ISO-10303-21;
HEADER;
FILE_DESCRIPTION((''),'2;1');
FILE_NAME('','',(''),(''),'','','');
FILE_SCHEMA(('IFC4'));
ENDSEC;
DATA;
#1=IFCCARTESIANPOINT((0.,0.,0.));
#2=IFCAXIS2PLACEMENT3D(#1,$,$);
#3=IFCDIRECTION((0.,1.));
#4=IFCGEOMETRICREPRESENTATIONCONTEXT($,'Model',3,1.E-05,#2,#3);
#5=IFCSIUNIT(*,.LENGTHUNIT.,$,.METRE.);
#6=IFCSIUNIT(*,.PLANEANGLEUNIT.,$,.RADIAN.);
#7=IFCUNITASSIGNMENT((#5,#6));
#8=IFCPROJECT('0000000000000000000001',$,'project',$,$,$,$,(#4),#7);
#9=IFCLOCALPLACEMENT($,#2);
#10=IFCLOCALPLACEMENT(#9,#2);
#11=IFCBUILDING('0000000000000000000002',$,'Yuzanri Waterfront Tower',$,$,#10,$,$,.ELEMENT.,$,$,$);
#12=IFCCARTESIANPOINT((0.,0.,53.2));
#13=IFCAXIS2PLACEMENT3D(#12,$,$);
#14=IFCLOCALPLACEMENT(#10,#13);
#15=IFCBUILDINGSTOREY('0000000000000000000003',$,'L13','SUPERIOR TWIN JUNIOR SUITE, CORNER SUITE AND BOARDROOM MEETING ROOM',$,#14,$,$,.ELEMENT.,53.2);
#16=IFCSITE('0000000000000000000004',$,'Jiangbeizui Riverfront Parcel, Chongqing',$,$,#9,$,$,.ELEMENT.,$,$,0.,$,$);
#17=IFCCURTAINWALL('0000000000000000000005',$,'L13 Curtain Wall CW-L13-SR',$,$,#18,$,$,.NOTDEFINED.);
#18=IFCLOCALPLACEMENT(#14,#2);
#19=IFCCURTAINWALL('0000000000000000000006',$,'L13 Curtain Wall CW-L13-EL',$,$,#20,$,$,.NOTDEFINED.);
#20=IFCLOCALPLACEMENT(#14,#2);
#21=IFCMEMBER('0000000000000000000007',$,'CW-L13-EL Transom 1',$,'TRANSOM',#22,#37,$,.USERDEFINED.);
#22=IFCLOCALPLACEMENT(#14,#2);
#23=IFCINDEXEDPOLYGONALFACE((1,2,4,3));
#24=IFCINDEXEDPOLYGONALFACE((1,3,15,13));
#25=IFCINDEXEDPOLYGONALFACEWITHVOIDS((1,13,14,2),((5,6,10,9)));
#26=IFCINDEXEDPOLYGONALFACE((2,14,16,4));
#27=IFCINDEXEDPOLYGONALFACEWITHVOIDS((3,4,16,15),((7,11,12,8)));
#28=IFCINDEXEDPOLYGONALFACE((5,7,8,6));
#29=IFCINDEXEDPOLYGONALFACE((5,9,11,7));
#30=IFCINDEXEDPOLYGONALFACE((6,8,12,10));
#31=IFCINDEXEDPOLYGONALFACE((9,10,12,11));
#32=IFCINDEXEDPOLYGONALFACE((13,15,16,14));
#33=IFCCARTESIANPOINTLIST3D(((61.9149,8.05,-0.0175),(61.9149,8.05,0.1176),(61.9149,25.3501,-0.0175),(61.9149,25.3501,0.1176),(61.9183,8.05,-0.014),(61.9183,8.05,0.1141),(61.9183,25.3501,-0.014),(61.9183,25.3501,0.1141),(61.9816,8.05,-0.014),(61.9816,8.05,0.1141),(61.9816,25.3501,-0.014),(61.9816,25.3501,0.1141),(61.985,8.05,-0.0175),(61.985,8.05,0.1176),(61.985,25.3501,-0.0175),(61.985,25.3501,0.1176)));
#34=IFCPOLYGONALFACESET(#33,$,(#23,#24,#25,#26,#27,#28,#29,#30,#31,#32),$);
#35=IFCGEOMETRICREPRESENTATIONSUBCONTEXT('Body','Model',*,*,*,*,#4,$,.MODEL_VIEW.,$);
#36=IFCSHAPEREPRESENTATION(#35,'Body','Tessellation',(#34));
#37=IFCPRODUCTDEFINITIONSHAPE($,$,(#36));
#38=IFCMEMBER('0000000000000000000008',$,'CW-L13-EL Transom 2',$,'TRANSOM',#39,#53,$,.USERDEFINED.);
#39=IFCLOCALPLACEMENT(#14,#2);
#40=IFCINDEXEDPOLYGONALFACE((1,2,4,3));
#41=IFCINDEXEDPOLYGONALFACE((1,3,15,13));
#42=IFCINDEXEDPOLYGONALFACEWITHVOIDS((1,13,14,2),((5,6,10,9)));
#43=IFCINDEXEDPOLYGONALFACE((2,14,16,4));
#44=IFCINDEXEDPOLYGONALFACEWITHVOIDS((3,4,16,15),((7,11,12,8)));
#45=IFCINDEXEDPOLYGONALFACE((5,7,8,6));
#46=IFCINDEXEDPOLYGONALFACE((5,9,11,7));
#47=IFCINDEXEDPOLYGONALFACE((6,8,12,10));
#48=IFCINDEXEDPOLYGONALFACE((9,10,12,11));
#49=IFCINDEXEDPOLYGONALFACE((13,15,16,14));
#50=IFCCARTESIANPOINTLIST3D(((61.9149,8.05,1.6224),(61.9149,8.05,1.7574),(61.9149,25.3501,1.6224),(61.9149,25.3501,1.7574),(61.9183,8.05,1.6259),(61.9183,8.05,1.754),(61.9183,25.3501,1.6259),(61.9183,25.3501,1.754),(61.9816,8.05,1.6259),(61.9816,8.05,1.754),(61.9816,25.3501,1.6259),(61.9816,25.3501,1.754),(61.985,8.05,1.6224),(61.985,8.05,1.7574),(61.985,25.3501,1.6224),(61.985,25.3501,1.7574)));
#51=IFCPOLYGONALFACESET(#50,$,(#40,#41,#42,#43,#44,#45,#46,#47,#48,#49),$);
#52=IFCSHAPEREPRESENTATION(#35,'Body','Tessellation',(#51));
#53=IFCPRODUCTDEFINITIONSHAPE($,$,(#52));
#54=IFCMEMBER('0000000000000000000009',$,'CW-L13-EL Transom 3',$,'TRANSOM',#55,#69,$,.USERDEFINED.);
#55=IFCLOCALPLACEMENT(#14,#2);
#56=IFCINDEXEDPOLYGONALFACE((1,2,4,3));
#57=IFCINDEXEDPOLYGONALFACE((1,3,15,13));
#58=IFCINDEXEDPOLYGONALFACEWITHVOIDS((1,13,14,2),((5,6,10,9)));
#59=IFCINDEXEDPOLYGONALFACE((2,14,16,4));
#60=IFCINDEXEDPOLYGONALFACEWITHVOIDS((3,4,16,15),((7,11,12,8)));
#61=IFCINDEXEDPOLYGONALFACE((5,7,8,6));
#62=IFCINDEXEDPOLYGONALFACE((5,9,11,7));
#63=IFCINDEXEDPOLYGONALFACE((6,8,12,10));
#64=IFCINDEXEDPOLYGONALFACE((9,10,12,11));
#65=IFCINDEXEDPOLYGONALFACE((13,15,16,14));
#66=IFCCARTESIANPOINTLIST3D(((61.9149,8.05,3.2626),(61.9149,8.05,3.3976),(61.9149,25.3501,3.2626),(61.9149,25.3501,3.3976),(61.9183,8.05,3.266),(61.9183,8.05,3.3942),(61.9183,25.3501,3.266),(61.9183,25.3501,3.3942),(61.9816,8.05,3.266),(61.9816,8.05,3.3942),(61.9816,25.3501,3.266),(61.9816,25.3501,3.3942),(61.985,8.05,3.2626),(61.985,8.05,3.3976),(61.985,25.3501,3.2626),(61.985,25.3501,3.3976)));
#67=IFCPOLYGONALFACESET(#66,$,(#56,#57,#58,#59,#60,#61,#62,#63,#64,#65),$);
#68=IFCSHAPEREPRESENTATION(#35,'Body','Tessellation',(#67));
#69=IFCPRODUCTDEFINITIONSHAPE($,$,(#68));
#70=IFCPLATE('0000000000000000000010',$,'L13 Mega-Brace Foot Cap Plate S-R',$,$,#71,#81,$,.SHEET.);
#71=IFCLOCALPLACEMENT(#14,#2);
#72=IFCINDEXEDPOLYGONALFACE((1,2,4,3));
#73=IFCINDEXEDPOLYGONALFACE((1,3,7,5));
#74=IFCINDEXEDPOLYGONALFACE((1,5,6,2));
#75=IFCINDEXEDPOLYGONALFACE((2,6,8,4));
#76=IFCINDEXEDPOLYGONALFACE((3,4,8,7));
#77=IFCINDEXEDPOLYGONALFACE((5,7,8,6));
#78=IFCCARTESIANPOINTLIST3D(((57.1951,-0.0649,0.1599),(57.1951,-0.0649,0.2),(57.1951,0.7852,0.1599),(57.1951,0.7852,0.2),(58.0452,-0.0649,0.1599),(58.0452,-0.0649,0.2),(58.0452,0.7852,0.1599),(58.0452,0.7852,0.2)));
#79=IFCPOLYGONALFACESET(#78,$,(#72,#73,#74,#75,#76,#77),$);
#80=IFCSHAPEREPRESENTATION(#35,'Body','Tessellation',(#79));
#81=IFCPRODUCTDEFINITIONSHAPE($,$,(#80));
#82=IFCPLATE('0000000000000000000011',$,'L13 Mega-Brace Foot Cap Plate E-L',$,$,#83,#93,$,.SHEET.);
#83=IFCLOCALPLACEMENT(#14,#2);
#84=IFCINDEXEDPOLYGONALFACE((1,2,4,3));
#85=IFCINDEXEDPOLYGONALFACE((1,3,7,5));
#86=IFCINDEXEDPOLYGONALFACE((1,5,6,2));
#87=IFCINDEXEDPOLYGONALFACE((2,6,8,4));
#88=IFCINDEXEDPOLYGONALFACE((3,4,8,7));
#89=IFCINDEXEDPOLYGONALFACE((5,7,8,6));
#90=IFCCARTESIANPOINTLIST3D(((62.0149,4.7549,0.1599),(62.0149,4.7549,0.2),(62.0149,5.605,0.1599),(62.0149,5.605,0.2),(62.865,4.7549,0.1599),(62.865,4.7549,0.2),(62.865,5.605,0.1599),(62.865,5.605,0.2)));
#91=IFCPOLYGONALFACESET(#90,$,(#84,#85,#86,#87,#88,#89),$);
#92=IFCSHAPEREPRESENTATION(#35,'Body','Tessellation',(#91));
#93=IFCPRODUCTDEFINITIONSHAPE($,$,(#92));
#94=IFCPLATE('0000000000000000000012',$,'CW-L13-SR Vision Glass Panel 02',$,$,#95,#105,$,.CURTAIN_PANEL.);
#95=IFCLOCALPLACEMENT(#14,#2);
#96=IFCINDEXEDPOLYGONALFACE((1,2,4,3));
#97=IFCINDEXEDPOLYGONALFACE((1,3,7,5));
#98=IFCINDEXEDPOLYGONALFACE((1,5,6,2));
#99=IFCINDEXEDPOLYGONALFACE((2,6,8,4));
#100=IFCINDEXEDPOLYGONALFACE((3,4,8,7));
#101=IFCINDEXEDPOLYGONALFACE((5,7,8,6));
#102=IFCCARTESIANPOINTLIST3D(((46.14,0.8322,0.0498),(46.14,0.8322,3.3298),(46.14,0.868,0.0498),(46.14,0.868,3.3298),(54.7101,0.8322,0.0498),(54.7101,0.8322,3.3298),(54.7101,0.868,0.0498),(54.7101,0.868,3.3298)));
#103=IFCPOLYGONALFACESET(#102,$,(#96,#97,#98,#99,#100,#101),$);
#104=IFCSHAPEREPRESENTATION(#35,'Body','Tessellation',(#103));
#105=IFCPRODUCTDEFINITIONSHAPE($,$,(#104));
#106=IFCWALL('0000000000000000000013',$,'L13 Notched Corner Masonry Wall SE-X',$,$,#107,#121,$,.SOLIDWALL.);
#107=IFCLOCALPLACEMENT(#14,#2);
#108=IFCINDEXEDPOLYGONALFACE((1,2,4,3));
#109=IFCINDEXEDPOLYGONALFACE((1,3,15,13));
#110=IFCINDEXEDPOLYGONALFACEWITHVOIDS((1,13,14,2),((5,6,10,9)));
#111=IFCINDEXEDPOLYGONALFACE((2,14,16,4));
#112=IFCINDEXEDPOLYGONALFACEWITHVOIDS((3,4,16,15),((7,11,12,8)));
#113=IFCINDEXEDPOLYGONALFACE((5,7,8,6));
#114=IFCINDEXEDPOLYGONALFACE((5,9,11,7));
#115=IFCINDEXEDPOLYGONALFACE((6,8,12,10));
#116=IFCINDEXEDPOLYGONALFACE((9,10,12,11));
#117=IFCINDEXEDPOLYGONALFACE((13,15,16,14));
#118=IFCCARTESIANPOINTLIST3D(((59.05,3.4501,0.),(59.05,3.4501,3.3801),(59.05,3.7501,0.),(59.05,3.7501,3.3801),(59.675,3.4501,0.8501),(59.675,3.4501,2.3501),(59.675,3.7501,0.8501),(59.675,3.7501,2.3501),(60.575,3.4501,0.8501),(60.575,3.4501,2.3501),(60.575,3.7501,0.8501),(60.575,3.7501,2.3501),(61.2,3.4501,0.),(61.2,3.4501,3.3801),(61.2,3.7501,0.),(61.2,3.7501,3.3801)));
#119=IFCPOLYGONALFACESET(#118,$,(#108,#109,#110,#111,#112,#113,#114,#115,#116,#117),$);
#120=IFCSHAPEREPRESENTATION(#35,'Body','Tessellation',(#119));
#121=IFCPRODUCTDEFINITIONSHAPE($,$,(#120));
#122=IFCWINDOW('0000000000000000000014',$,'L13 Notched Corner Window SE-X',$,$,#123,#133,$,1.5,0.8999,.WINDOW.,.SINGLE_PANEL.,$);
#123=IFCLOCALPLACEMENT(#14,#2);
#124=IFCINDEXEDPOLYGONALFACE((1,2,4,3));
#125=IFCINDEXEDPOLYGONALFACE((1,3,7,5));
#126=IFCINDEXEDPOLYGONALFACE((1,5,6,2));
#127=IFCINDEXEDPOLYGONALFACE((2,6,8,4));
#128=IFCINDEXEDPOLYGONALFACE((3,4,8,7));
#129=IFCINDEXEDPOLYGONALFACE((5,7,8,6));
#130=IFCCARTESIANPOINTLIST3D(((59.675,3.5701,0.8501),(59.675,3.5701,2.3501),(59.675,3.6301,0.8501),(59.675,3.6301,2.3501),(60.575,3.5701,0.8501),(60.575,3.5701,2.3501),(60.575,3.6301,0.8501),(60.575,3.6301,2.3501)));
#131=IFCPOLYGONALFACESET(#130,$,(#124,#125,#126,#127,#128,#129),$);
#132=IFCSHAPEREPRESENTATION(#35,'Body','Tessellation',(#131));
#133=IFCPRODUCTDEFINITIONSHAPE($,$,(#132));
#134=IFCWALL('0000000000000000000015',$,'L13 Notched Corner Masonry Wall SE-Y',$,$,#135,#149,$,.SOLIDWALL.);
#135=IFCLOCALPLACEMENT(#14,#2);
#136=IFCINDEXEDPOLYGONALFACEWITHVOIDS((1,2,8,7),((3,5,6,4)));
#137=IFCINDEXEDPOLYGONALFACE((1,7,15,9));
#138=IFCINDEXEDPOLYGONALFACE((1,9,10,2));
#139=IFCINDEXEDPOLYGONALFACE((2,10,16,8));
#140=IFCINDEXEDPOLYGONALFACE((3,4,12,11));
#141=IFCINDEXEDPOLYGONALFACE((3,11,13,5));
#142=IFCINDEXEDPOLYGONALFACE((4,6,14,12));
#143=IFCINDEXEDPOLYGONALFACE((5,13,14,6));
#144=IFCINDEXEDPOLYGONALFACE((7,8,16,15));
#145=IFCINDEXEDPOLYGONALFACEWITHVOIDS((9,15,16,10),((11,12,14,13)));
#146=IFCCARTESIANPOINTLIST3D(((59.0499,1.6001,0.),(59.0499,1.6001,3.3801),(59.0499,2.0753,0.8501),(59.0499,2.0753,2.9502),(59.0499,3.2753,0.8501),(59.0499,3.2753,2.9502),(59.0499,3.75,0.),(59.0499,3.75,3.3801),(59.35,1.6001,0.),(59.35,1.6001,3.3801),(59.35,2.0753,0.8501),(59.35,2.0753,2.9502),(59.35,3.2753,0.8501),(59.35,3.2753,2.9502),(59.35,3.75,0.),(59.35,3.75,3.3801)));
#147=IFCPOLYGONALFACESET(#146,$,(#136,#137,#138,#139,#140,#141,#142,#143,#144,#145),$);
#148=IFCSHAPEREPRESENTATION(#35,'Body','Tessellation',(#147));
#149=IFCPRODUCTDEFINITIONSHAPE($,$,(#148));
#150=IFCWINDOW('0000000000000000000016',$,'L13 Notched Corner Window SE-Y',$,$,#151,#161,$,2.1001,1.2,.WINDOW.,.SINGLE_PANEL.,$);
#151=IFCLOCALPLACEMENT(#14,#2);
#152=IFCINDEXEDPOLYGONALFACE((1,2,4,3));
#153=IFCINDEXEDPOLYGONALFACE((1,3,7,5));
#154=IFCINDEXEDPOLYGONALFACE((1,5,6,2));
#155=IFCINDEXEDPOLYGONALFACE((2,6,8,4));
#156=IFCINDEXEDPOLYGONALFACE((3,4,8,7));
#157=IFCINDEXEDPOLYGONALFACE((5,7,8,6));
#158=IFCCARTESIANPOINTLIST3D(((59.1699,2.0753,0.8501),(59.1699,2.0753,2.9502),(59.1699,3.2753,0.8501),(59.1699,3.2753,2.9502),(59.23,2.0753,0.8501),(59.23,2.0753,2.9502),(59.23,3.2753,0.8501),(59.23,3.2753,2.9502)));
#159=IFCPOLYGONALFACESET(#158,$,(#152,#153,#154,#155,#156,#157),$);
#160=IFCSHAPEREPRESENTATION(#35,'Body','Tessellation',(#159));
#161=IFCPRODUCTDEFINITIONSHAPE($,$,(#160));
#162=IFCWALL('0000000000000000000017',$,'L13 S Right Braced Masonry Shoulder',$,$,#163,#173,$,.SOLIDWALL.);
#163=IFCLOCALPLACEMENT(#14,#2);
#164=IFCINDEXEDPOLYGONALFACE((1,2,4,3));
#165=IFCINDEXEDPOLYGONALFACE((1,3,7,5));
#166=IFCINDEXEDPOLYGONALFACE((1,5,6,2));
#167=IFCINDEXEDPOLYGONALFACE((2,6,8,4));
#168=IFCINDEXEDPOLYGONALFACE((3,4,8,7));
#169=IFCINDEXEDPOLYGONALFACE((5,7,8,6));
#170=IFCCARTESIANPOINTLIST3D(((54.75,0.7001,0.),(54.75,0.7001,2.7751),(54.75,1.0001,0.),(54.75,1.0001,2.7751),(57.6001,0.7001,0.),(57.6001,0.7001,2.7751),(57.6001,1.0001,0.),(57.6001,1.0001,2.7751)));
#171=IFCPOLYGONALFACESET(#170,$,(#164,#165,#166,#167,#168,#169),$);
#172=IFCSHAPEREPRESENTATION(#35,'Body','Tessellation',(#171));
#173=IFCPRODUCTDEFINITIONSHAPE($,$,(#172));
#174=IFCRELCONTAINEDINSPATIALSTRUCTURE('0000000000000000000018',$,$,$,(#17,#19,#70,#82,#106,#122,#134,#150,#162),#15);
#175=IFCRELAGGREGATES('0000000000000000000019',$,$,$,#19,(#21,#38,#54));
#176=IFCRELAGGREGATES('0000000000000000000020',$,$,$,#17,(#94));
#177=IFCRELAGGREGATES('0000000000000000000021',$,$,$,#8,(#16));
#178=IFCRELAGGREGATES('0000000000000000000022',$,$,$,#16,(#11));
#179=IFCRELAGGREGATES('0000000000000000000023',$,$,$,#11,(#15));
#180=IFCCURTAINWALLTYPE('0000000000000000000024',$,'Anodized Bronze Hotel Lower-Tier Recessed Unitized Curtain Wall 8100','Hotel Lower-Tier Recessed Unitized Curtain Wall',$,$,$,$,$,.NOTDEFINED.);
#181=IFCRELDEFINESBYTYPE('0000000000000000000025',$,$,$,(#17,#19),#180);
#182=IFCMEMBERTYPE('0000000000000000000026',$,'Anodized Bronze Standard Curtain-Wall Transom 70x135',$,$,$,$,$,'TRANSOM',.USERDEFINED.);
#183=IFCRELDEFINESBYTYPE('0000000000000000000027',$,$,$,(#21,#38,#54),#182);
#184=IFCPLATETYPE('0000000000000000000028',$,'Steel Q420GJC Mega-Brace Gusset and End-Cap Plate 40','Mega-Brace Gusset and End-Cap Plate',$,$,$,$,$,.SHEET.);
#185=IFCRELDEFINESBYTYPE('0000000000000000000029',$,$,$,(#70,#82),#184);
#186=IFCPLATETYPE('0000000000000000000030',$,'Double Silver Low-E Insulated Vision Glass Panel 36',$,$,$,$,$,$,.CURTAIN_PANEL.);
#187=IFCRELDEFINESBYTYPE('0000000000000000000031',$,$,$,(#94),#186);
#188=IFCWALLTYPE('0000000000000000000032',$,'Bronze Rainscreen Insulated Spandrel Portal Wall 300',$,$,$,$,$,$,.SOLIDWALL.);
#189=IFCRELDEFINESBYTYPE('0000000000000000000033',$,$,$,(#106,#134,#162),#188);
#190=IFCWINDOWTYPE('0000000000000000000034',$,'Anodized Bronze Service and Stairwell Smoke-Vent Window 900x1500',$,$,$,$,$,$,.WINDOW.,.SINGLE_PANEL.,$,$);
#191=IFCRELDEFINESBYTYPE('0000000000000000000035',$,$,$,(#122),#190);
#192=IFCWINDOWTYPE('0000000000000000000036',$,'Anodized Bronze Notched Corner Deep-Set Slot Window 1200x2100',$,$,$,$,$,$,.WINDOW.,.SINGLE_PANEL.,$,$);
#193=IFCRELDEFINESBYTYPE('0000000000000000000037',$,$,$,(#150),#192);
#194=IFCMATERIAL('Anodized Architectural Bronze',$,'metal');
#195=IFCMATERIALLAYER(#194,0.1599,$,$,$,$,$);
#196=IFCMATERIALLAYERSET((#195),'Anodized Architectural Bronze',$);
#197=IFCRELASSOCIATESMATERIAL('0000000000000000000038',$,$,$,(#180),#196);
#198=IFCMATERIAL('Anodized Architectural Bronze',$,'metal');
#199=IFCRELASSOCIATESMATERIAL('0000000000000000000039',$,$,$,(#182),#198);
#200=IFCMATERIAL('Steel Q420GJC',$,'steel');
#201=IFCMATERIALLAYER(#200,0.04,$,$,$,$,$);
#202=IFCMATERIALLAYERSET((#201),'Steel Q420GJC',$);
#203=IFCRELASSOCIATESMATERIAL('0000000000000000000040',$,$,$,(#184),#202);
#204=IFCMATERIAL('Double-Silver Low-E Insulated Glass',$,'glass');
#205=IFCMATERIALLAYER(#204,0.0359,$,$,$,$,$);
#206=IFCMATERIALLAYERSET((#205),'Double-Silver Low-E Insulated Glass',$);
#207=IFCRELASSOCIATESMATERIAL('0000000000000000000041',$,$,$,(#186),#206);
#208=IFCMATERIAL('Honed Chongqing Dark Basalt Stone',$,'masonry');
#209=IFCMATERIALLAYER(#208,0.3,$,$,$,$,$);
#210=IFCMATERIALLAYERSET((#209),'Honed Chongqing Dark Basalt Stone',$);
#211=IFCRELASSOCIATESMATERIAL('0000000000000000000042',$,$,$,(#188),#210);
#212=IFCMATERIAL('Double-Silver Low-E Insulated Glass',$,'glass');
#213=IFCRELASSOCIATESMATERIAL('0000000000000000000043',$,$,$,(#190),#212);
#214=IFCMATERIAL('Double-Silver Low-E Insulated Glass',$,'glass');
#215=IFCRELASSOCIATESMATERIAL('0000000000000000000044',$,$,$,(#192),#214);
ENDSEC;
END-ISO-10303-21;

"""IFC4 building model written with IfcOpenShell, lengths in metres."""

from ifc_helpers import new_model, si_unit, direction, frame, frame_2d, origin, origin_2d, place, context, subcontext, project, spatial, rectangle, hollow_rectangle, extrude, source, transform, mapped, material, layer, layer_set, material_profile, profile_set, type_object, element, fill, aggregate, save


model = new_model("IFC4")

# Units and contexts
model_context = context("Model", 3, precision=1e-05, world=origin(), true_north=direction((0.0, 1.0)))
body_context = subcontext(model_context, "Body", "Model", "MODEL_VIEW")
ifc_project = project(units=[si_unit("LENGTHUNIT", "METRE"), si_unit("PLANEANGLEUNIT", "RADIAN")], contexts=[model_context])

# Site, building, storey
site_placement = place(None, origin())
site = spatial("IfcSite", under=ifc_project, at=site_placement, Name="Jiangbeizui Riverfront Parcel, Chongqing", CompositionType="ELEMENT", RefElevation=0.0)
building_placement = place(site_placement, origin())
building = spatial("IfcBuilding", under=site, at=building_placement, Name="Yuzanri Waterfront Tower", CompositionType="ELEMENT")
storey_placement = place(building_placement, frame((0.0, 0.0, 53.2)))
storey = spatial("IfcBuildingStorey", under=building, at=storey_placement, Name="L13", Description="SUPERIOR TWIN JUNIOR SUITE, CORNER SUITE AND BOARDROOM MEETING ROOM", CompositionType="ELEMENT", Elevation=53.2)

# Curtain walls, members
ifc_material_1 = material(Name="Anodized Architectural Bronze", Category="metal")
ifc_layer_1 = layer(ifc_material_1, 0.1599)
ifc_layer_set_1 = layer_set([ifc_layer_1], Name="Anodized Architectural Bronze")
curtain_wall_type = type_object("IfcCurtainWallType", Name="Anodized Bronze Hotel Lower-Tier Recessed Unitized Curtain Wall 8100", Description="Hotel Lower-Tier Recessed Unitized Curtain Wall", PredefinedType="NOTDEFINED", material=ifc_layer_set_1)
curtain_wall_1_placement = place(storey_placement, origin())
curtain_wall_1 = element("IfcCurtainWall", 1, at=curtain_wall_1_placement, inside=storey, type_object=curtain_wall_type, Name="L13 Curtain Wall CW-L13-SR", PredefinedType="NOTDEFINED")
curtain_wall_2_placement = place(storey_placement, origin())
curtain_wall_2 = element("IfcCurtainWall", 2, at=curtain_wall_2_placement, inside=storey, type_object=curtain_wall_type, Name="L13 Curtain Wall CW-L13-EL", PredefinedType="NOTDEFINED")
ifc_material_2 = material(Name="Anodized Architectural Bronze", Category="metal")
ifc_material_profile_1 = material_profile(ifc_material_2, hollow_rectangle(XDim=0.0701, YDim=0.135, WallThickness=0.0034, at=origin_2d()), Name="CWT 70x135")
ifc_profile_set_1 = profile_set([ifc_material_profile_1], Name="Anodized Architectural Bronze")
member_type_1 = type_object("IfcMemberType", Name="Anodized Bronze Standard Curtain-Wall Transom 70x135", ElementType="TRANSOM", PredefinedType="USERDEFINED", material=ifc_profile_set_1)
shared_shape_1 = source(origin(), body_context, "Body", "SweptSolid", [
    extrude(hollow_rectangle(XDim=0.0701, YDim=0.135, WallThickness=0.0034, at=origin_2d()), origin(), (0.0, 0.0, 1.0), 17.3),
])
member_1_placement = place(storey_placement, frame((61.95, 8.05, 0.05), z_axis=(0.0, 1.0, 0.0), x_axis=(-1.0, 0.0, 0.0)))
member_1 = element("IfcMember", 3, at=member_1_placement, type_object=member_type_1, Name="CW-L13-EL Transom 1", ObjectType="TRANSOM", PredefinedType="USERDEFINED", context=body_context, shape_type="MappedRepresentation", body=[
    mapped(shared_shape_1, transform((0.0, 0.0, 0.0), scale=1.0)),
])
member_2_placement = place(storey_placement, frame((61.95, 8.05, 1.6899), z_axis=(0.0, 1.0, 0.0), x_axis=(-1.0, 0.0, 0.0)))
member_2 = element("IfcMember", 4, at=member_2_placement, type_object=member_type_1, Name="CW-L13-EL Transom 2", ObjectType="TRANSOM", PredefinedType="USERDEFINED", context=body_context, shape_type="MappedRepresentation", body=[
    mapped(shared_shape_1, transform((0.0, 0.0, 0.0), scale=1.0)),
])
member_3_placement = place(storey_placement, frame((61.95, 8.05, 3.3301), z_axis=(0.0, 1.0, 0.0), x_axis=(-1.0, 0.0, 0.0)))
member_3 = element("IfcMember", 5, at=member_3_placement, type_object=member_type_1, Name="CW-L13-EL Transom 3", ObjectType="TRANSOM", PredefinedType="USERDEFINED", context=body_context, shape_type="MappedRepresentation", body=[
    mapped(shared_shape_1, transform((0.0, 0.0, 0.0), scale=1.0)),
])
aggregate(curtain_wall_2, [member_1, member_2, member_3])

# Plates
ifc_material_3 = material(Name="Steel Q420GJC", Category="steel")
ifc_layer_2 = layer(ifc_material_3, 0.04)
ifc_layer_set_2 = layer_set([ifc_layer_2], Name="Steel Q420GJC")
plate_type_1 = type_object("IfcPlateType", Name="Steel Q420GJC Mega-Brace Gusset and End-Cap Plate 40", Description="Mega-Brace Gusset and End-Cap Plate", PredefinedType="SHEET", material=ifc_layer_set_2)
shared_shape_2 = source(origin(), body_context, "Body", "SweptSolid", [
    extrude(rectangle(XDim=0.8501, YDim=0.8501, at=origin_2d()), origin(), (0.0, 0.0, 1.0), 0.04),
])
for number, where, z_axis, x_axis, name in (
    (6, (57.6201, 0.3601, 0.1599), (0.0, 0.0, 1.0), (1.0, 0.0, 0.0), "L13 Mega-Brace Foot Cap Plate S-R"),
    (7, (62.4399, 5.1799, 0.1599), (0.0, 0.0, 1.0), (1.0, 0.0, 0.0), "L13 Mega-Brace Foot Cap Plate E-L"),
):
    element("IfcPlate", number, at=place(storey_placement, frame(where, z_axis=z_axis, x_axis=x_axis)), inside=storey, type_object=plate_type_1, Name=name, PredefinedType="SHEET", context=body_context, shape_type="MappedRepresentation", body=[
        mapped(shared_shape_2, transform((0.0, 0.0, 0.0), scale=1.0)),
    ])

# Plate
ifc_material_4 = material(Name="Double-Silver Low-E Insulated Glass", Category="glass")
ifc_layer_3 = layer(ifc_material_4, 0.0359)
ifc_layer_set_3 = layer_set([ifc_layer_3], Name="Double-Silver Low-E Insulated Glass")
plate_type_2 = type_object("IfcPlateType", Name="Double Silver Low-E Insulated Vision Glass Panel 36", PredefinedType="CURTAIN_PANEL", material=ifc_layer_set_3)
shared_shape_3 = source(origin(), body_context, "Body", "SweptSolid", [
    extrude(rectangle(XDim=8.5701, YDim=0.0359, at=origin_2d()), origin(), (0.0, 0.0, 1.0), 3.28),
])
plate_placement = place(storey_placement, frame((50.425, 0.8501, 0.0498), z_axis=(0.0, 0.0, 1.0), x_axis=(1.0, 0.0, 0.0)))
plate = element("IfcPlate", 8, at=plate_placement, type_object=plate_type_2, Name="CW-L13-SR Vision Glass Panel 02", PredefinedType="CURTAIN_PANEL", context=body_context, shape_type="MappedRepresentation", body=[
    mapped(shared_shape_3, transform((0.0, 0.0, 0.0), scale=1.0)),
])
aggregate(curtain_wall_1, [plate])

# Walls, openings, windows
ifc_material_5 = material(Name="Honed Chongqing Dark Basalt Stone", Category="masonry")
ifc_layer_4 = layer(ifc_material_5, 0.3)
ifc_layer_set_4 = layer_set([ifc_layer_4], Name="Honed Chongqing Dark Basalt Stone")
wall_type_1 = type_object("IfcWallType", Name="Bronze Rainscreen Insulated Spandrel Portal Wall 300", PredefinedType="SOLIDWALL", material=ifc_layer_set_4)
wall_1_placement = place(storey_placement, frame((59.05, 3.6001, 0.0), z_axis=(0.0, 0.0, 1.0), x_axis=(1.0, 0.0, 0.0)))
wall_1 = element("IfcWall", 9, at=wall_1_placement, inside=storey, type_object=wall_type_1, Name="L13 Notched Corner Masonry Wall SE-X", PredefinedType="SOLIDWALL", context=body_context, shape_type="SweptSolid", body=[
    extrude(rectangle(XDim=2.1499, YDim=0.3, at=frame_2d((1.075, 0.0))), origin(), (0.0, 0.0, 1.0), 3.3801),
])
opening_1_placement = place(wall_1_placement, frame((0.625, 0.0, 0.8501)))
opening_1 = element("IfcOpeningElement", 10, at=opening_1_placement, cuts=wall_1, PredefinedType="OPENING", context=body_context, shape_type="SweptSolid", body=[
    extrude(rectangle(XDim=0.8999, YDim=1.5, at=frame_2d((0.45, 0.75))), frame((0.0, 0.165, 0.0), z_axis=(0.0, -1.0, 0.0), x_axis=(1.0, 0.0, 0.0)), (0.0, 0.0, 1.0), 0.3298),
])
ifc_material_6 = material(Name="Double-Silver Low-E Insulated Glass", Category="glass")
window_type_1 = type_object("IfcWindowType", Name="Anodized Bronze Service and Stairwell Smoke-Vent Window 900x1500", PartitioningType="SINGLE_PANEL", PredefinedType="WINDOW", material=ifc_material_6)
shared_shape_4 = source(origin(), body_context, "Body", "SweptSolid", [
    extrude(rectangle(XDim=0.8999, YDim=1.5, at=frame_2d((0.45, 0.75))), frame((0.0, 0.03, 0.0), z_axis=(0.0, -1.0, 0.0), x_axis=(1.0, 0.0, 0.0)), (0.0, 0.0, 1.0), 0.0601),
])
window_1_placement = place(opening_1_placement, origin())
window_1 = element("IfcWindow", 11, at=window_1_placement, inside=storey, type_object=window_type_1, Name="L13 Notched Corner Window SE-X", OverallHeight=1.5, OverallWidth=0.8999, PartitioningType="SINGLE_PANEL", PredefinedType="WINDOW", context=body_context, shape_type="MappedRepresentation", body=[
    mapped(shared_shape_4, transform((0.0, 0.0, 0.0), scale=1.0)),
])
fill(opening_1, window_1)
wall_2_placement = place(storey_placement, frame((59.2, 1.6001, 0.0), z_axis=(0.0, 0.0, 1.0), x_axis=(0.0, 1.0, 0.0)))
wall_2 = element("IfcWall", 12, at=wall_2_placement, inside=storey, type_object=wall_type_1, Name="L13 Notched Corner Masonry Wall SE-Y", PredefinedType="SOLIDWALL", context=body_context, shape_type="SweptSolid", body=[
    extrude(rectangle(XDim=2.1499, YDim=0.3, at=frame_2d((1.075, 0.0))), origin(), (0.0, 0.0, 1.0), 3.3801),
])
opening_2_placement = place(wall_2_placement, frame((0.4751, 0.0, 0.8501)))
opening_2 = element("IfcOpeningElement", 13, at=opening_2_placement, cuts=wall_2, PredefinedType="OPENING", context=body_context, shape_type="SweptSolid", body=[
    extrude(rectangle(XDim=1.2, YDim=2.1001, at=frame_2d((0.6001, 1.05))), frame((0.0, 0.165, 0.0), z_axis=(0.0, -1.0, 0.0), x_axis=(1.0, 0.0, 0.0)), (0.0, 0.0, 1.0), 0.3298),
])
ifc_material_7 = material(Name="Double-Silver Low-E Insulated Glass", Category="glass")
window_type_2 = type_object("IfcWindowType", Name="Anodized Bronze Notched Corner Deep-Set Slot Window 1200x2100", PartitioningType="SINGLE_PANEL", PredefinedType="WINDOW", material=ifc_material_7)
shared_shape_5 = source(origin(), body_context, "Body", "SweptSolid", [
    extrude(rectangle(XDim=1.2, YDim=2.1001, at=frame_2d((0.6001, 1.05))), frame((0.0, 0.03, 0.0), z_axis=(0.0, -1.0, 0.0), x_axis=(1.0, 0.0, 0.0)), (0.0, 0.0, 1.0), 0.0601),
])
window_2_placement = place(opening_2_placement, origin())
window_2 = element("IfcWindow", 14, at=window_2_placement, inside=storey, type_object=window_type_2, Name="L13 Notched Corner Window SE-Y", OverallHeight=2.1001, OverallWidth=1.2, PartitioningType="SINGLE_PANEL", PredefinedType="WINDOW", context=body_context, shape_type="MappedRepresentation", body=[
    mapped(shared_shape_5, transform((0.0, 0.0, 0.0), scale=1.0)),
])
fill(opening_2, window_2)

# Wall
shared_shape_6 = source(origin(), body_context, "Body", "SweptSolid", [
    extrude(rectangle(XDim=2.8501, YDim=0.3, at=frame_2d((1.425, 0.0))), origin(), (0.0, 0.0, 1.0), 2.7751),
])
for number, where, z_axis, x_axis, name in (
    (15, (54.75, 0.8501, 0.0), (0.0, 0.0, 1.0), (1.0, 0.0, 0.0), "L13 S Right Braced Masonry Shoulder"),
):
    element("IfcWall", number, at=place(storey_placement, frame(where, z_axis=z_axis, x_axis=x_axis)), inside=storey, type_object=wall_type_1, Name=name, PredefinedType="SOLIDWALL", context=body_context, shape_type="MappedRepresentation", body=[
        mapped(shared_shape_6, transform((0.0, 0.0, 0.0), scale=1.0)),
    ])

save(model, "model.ifc")
